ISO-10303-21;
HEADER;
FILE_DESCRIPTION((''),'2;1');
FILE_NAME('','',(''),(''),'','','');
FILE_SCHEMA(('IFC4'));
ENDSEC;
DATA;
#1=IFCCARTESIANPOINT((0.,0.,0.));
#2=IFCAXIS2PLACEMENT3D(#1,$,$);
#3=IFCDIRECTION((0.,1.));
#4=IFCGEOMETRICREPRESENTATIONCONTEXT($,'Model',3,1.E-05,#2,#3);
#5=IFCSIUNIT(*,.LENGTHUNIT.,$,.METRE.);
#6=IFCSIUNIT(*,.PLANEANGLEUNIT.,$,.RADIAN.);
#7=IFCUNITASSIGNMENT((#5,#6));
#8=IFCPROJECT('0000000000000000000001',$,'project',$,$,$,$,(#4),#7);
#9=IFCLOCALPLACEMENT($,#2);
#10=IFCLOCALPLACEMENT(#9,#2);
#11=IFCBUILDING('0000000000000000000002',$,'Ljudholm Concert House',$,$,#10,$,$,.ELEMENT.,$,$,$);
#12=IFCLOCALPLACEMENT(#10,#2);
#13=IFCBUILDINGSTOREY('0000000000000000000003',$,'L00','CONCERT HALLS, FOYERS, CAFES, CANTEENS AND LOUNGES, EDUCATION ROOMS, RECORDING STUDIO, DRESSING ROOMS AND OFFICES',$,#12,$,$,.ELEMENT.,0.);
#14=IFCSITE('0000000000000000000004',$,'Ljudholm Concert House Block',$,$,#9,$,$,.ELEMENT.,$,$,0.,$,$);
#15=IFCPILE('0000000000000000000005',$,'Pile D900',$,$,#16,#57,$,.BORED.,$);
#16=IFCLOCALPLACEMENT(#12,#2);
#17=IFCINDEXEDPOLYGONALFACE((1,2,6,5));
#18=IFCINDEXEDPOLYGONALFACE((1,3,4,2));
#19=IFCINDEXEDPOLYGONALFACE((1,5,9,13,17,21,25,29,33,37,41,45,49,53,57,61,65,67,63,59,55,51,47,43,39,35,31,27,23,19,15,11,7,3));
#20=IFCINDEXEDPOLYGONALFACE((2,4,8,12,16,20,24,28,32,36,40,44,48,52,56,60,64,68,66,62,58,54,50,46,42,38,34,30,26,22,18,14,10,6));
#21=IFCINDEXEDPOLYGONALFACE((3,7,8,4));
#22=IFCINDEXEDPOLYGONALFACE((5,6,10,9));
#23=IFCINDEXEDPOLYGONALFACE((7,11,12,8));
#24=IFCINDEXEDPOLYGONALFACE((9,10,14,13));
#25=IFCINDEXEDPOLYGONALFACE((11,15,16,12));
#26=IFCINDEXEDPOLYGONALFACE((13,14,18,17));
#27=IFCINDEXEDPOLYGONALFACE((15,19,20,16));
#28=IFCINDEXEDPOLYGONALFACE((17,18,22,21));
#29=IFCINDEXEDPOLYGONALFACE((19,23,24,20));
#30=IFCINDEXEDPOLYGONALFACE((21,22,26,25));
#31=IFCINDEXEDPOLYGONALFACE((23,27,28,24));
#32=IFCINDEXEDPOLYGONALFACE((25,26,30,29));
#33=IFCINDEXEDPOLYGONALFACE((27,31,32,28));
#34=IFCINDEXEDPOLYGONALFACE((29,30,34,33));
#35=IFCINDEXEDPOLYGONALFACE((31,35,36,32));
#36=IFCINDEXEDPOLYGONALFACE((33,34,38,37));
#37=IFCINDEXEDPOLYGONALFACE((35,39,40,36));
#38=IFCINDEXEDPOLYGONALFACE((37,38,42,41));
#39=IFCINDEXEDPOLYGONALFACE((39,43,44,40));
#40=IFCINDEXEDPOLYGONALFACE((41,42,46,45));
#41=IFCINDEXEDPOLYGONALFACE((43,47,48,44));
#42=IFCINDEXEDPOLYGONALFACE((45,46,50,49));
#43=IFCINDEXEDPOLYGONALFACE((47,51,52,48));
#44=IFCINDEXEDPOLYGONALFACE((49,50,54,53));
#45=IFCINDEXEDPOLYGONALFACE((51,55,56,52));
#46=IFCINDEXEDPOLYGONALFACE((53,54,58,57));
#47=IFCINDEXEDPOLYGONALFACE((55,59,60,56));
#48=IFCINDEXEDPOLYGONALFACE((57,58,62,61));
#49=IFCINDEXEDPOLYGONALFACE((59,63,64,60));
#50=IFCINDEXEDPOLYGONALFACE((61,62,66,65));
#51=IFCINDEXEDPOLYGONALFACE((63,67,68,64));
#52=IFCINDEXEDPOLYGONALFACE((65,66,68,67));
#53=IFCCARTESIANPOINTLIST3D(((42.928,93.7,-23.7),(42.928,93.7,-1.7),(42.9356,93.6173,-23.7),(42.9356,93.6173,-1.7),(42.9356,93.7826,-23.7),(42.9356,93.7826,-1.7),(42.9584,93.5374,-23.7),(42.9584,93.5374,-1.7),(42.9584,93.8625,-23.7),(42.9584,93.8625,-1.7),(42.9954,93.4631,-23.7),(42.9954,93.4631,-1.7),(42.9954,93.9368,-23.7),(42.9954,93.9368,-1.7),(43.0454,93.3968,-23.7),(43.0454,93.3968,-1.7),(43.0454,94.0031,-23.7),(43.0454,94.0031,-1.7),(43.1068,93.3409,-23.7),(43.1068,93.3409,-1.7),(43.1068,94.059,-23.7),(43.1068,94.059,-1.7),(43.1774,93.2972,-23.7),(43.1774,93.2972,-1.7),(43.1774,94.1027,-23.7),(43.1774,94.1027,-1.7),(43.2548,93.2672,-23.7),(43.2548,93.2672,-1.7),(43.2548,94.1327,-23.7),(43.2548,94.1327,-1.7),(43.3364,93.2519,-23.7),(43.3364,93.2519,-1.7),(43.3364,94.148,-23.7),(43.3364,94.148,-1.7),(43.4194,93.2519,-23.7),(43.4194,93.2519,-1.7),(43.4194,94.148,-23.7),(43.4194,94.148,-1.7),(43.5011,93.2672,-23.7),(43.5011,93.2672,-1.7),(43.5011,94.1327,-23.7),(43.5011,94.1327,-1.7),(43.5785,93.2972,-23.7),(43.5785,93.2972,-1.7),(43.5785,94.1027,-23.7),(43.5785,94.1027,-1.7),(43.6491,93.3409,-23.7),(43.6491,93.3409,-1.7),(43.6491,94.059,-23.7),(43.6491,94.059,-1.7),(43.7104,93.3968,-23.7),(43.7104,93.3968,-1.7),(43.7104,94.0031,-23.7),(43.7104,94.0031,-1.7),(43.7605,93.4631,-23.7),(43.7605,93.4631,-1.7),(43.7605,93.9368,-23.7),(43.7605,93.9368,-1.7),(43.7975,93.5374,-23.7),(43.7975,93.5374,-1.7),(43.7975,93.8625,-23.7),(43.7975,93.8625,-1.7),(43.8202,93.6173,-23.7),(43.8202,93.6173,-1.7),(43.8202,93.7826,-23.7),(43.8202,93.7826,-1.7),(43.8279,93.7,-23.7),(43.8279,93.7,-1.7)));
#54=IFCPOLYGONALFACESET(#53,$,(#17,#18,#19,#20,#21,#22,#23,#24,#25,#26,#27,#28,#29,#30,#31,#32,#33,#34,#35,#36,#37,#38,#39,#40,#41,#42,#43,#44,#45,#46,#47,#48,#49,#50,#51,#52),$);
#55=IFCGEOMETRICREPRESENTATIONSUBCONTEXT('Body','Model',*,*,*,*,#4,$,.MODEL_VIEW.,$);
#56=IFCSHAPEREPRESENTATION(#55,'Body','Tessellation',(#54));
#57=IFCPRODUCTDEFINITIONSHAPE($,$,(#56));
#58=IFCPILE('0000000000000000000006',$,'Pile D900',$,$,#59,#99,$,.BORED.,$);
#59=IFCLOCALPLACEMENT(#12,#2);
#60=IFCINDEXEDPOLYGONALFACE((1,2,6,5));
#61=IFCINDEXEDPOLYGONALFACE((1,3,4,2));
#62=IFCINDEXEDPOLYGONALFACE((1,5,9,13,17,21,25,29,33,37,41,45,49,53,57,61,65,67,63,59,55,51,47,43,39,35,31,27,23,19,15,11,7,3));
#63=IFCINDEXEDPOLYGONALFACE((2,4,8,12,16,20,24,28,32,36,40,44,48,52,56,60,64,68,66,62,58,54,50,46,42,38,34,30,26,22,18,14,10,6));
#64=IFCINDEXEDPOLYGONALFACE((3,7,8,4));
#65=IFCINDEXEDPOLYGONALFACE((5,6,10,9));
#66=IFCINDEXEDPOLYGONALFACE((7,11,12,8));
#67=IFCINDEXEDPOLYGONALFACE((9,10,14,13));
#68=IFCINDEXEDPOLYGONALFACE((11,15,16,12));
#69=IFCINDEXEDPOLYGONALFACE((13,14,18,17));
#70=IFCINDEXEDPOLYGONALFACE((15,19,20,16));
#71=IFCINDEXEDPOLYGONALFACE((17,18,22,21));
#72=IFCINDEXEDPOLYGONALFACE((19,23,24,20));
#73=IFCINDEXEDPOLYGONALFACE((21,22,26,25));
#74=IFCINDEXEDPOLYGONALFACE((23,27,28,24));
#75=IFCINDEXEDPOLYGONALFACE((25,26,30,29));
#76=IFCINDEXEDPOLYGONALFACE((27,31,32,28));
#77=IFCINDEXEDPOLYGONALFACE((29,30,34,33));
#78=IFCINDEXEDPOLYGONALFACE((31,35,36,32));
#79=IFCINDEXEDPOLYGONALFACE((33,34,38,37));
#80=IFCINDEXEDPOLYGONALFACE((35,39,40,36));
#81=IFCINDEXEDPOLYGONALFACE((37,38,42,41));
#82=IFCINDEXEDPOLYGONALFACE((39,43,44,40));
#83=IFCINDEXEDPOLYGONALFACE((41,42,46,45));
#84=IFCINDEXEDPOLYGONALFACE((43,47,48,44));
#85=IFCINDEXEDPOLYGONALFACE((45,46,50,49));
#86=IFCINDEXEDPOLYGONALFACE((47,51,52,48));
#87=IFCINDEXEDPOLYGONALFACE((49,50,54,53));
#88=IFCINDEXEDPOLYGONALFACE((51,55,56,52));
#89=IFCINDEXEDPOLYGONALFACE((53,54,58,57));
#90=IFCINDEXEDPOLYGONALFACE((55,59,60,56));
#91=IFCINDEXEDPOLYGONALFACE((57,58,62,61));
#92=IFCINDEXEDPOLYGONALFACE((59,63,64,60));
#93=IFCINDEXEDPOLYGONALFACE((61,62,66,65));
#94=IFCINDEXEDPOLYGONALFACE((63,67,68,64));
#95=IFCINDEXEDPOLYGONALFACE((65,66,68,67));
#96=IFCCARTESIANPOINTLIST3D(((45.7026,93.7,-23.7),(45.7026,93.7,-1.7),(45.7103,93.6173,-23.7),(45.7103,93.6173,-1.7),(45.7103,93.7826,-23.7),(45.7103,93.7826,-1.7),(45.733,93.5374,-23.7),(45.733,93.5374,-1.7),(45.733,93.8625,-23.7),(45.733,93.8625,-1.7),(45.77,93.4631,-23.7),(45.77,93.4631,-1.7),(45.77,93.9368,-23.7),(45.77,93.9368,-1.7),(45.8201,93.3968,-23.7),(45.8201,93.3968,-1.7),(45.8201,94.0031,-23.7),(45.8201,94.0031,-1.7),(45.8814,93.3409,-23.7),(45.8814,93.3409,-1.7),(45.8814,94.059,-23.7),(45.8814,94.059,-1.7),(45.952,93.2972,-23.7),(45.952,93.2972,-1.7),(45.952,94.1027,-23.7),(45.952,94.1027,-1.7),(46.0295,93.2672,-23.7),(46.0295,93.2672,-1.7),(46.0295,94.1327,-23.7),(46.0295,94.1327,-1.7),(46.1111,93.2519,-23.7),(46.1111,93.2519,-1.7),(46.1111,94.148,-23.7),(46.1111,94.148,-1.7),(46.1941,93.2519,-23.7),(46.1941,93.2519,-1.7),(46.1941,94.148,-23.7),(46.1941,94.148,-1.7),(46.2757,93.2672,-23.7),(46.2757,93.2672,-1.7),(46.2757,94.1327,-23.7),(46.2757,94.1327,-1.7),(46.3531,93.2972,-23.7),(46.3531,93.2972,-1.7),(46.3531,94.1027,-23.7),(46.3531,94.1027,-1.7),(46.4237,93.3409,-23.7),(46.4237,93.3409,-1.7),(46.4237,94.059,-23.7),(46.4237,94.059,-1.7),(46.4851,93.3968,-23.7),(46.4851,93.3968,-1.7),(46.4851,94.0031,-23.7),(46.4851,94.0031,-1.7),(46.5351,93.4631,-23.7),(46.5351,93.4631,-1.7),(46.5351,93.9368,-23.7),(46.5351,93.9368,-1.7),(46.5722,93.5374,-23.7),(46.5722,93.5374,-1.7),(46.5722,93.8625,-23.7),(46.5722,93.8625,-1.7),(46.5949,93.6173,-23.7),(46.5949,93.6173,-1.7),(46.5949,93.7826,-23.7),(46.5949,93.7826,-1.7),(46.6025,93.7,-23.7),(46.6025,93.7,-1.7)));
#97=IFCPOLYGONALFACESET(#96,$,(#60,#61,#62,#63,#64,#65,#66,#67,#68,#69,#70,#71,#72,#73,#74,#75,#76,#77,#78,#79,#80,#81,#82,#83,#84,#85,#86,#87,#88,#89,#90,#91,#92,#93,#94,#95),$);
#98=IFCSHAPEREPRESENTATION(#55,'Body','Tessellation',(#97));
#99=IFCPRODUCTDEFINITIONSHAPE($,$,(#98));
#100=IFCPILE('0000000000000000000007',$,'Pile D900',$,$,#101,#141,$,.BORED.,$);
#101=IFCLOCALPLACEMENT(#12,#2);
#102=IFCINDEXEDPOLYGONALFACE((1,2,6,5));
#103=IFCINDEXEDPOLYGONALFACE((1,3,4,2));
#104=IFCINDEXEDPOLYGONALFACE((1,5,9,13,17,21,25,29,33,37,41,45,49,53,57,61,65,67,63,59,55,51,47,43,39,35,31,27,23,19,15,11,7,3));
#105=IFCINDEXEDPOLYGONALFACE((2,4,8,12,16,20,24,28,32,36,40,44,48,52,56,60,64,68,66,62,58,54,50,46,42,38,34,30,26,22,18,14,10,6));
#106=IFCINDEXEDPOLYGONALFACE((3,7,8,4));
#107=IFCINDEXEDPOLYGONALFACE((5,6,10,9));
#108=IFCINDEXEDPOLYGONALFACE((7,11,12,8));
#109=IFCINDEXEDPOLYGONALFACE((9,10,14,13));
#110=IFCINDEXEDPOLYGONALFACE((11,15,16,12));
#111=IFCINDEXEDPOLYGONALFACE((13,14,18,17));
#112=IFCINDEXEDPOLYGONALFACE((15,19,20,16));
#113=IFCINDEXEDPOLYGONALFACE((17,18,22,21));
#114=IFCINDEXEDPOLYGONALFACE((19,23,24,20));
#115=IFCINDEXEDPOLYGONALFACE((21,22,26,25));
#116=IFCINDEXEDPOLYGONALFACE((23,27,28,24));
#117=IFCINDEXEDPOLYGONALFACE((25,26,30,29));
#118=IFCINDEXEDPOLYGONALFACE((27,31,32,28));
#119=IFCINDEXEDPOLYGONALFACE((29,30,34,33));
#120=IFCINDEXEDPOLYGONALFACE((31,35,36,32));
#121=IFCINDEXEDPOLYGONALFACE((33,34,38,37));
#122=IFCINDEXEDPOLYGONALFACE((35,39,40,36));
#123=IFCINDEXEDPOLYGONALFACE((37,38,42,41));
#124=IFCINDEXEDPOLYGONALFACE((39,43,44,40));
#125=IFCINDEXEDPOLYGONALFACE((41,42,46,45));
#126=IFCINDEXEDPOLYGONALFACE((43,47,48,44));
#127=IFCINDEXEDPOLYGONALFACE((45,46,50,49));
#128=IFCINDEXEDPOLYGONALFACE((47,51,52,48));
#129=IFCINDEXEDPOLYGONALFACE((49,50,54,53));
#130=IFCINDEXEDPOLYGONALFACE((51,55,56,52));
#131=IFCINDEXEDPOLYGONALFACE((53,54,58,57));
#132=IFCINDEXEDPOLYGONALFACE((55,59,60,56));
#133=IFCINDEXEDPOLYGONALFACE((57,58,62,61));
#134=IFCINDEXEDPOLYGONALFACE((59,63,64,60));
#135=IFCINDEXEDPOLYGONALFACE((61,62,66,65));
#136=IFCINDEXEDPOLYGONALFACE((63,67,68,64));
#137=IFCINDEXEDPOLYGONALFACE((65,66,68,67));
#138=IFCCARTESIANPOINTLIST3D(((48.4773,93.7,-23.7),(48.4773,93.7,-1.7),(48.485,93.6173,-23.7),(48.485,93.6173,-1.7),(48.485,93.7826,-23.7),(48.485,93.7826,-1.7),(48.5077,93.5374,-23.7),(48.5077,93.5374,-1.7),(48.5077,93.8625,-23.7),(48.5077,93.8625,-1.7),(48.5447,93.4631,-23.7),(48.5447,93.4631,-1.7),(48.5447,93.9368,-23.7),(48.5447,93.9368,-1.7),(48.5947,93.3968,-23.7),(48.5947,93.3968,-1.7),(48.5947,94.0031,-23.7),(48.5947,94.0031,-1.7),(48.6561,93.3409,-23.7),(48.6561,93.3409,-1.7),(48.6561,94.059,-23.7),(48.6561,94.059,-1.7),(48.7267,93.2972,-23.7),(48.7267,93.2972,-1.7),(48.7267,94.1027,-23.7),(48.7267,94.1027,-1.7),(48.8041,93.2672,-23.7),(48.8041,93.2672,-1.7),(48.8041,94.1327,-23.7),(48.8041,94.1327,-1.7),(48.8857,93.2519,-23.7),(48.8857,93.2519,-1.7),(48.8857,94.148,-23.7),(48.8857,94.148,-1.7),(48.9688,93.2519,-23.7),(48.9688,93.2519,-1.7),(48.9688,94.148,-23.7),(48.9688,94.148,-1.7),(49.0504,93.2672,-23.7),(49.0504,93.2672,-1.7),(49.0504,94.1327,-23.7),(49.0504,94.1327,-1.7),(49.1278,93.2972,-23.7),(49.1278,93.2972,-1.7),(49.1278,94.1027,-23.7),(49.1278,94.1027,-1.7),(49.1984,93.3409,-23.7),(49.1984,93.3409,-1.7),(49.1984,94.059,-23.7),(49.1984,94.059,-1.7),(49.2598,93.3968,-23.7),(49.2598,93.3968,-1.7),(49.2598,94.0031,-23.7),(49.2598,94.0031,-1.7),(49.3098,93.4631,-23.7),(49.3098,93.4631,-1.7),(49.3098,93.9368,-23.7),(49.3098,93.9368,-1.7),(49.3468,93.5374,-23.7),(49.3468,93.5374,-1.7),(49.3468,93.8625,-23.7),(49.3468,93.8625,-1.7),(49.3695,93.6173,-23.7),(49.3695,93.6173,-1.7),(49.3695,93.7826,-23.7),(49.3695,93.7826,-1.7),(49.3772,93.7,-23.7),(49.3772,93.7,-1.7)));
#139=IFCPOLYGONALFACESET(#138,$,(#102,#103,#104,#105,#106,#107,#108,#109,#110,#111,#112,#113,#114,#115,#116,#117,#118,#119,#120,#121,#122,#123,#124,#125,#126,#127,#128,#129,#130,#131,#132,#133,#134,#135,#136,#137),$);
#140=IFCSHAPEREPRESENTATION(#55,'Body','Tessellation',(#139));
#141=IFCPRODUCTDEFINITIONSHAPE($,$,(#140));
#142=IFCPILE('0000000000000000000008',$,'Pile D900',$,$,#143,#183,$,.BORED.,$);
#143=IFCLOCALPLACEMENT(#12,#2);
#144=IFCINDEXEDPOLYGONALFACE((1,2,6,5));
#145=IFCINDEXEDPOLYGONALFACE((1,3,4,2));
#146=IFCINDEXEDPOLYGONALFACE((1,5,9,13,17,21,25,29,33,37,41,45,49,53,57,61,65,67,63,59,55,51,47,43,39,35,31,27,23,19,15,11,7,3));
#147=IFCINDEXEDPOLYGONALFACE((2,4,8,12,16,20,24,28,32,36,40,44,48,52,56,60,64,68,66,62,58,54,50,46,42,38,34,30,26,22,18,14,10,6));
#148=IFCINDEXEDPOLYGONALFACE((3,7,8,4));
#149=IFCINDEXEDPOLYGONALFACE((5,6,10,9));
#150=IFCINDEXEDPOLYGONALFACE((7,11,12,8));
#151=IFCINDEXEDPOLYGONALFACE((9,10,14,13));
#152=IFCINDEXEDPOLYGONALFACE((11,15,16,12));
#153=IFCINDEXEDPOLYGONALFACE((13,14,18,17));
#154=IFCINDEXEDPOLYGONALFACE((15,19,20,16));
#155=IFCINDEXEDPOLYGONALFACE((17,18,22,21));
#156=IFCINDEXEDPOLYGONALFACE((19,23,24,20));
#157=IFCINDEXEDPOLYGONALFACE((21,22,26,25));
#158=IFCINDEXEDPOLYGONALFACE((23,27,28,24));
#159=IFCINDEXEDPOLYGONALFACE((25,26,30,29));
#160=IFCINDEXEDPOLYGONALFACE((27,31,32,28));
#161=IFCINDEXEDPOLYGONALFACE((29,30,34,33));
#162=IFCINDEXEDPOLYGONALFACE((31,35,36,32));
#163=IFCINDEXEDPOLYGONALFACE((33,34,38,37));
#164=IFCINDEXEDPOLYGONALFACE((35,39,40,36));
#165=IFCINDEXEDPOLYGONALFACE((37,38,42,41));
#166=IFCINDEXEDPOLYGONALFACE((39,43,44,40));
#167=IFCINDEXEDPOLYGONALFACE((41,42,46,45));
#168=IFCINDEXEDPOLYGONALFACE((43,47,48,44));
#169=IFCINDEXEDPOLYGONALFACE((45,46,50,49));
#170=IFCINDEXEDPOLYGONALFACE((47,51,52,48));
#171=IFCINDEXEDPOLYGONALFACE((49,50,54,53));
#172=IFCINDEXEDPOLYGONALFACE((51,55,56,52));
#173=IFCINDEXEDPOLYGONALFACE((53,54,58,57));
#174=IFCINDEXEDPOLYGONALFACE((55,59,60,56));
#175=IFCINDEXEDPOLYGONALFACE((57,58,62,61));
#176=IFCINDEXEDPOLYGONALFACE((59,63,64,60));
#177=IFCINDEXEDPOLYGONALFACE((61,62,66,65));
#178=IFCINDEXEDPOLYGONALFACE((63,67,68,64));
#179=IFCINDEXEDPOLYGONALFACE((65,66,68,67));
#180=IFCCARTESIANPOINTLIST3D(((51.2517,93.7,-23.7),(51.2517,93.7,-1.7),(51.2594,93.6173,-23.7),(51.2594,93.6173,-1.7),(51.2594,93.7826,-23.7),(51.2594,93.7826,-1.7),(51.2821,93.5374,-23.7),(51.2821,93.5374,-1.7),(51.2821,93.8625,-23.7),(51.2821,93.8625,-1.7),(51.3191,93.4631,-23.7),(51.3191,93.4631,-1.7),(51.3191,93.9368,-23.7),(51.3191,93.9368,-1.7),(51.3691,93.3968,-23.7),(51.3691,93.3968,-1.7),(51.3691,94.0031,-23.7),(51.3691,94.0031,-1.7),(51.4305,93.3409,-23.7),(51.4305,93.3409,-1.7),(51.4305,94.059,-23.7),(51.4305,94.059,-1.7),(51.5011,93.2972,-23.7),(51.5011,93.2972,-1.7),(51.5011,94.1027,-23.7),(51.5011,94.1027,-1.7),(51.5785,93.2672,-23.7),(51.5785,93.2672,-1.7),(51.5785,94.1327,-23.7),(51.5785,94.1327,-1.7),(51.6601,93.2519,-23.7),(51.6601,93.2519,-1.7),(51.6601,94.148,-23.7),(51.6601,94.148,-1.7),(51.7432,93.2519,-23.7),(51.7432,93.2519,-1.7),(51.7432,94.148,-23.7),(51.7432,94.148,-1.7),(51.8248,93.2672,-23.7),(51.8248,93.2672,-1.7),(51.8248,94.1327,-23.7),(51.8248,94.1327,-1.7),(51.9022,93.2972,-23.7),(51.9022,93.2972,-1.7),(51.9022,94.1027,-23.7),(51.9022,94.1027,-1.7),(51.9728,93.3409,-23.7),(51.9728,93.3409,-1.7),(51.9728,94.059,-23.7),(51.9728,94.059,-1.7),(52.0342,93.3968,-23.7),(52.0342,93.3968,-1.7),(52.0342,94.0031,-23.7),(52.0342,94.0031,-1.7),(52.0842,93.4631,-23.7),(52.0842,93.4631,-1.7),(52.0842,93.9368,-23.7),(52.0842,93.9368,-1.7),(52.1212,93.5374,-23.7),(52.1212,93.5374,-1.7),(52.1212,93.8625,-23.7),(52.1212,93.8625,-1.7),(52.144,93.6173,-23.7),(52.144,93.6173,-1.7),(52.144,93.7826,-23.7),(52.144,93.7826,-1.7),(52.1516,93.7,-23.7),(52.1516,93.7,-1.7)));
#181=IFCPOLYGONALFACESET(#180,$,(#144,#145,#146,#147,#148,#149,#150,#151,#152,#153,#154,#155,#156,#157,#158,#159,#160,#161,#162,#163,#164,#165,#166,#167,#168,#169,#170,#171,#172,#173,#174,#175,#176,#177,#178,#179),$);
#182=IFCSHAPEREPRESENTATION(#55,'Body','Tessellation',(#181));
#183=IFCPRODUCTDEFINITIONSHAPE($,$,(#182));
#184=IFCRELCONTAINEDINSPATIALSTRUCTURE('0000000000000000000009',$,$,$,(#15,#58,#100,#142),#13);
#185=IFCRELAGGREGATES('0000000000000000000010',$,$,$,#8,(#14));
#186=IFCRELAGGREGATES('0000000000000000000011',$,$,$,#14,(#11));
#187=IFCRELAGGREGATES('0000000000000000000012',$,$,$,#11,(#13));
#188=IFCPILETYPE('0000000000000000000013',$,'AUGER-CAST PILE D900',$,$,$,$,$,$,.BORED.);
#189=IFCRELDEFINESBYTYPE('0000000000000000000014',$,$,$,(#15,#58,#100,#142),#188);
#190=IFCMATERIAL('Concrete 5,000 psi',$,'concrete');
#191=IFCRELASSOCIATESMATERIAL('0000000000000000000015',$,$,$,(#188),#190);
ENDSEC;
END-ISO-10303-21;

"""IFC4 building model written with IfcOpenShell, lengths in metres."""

from ifc_helpers import new_model, si_unit, direction, frame, origin, origin_2d, place, context, subcontext, project, spatial, circle, extrude, material, material_profile, profile_set, type_object, element, save


model = new_model("IFC4")

# Units and contexts
model_context = context("Model", 3, precision=1e-05, world=origin(), true_north=direction((0.0, 1.0)))
body_context = subcontext(model_context, "Body", "Model", "MODEL_VIEW")
ifc_project = project(units=[si_unit("LENGTHUNIT", "METRE"), si_unit("PLANEANGLEUNIT", "RADIAN")], contexts=[model_context])

# Site, building, storey
site_placement = place(None, origin())
site = spatial("IfcSite", under=ifc_project, at=site_placement, Name="Ljudholm Concert House Block", CompositionType="ELEMENT", RefElevation=0.0)
building_placement = place(site_placement, origin())
building = spatial("IfcBuilding", under=site, at=building_placement, Name="Ljudholm Concert House", CompositionType="ELEMENT")
storey_placement = place(building_placement, origin())
storey = spatial("IfcBuildingStorey", under=building, at=storey_placement, Name="L00", Description="CONCERT HALLS, FOYERS, CAFES, CANTEENS AND LOUNGES, EDUCATION ROOMS, RECORDING STUDIO, DRESSING ROOMS AND OFFICES", CompositionType="ELEMENT", Elevation=0.0)

# Piles
ifc_material_1 = material(Name="Concrete 5,000 psi", Category="concrete")
ifc_material_profile_1 = material_profile(ifc_material_1, circle(Radius=0.45, at=origin_2d()), Name="AUGER-CAST PILE D900")
ifc_profile_set_1 = profile_set([ifc_material_profile_1], Name="Concrete 5,000 psi")
pile_type_1 = type_object("IfcPileType", Name="AUGER-CAST PILE D900", PredefinedType="BORED", material=ifc_profile_set_1)
for number, where, z_axis, x_axis, name in (
    (1, (43.3779, 93.7, -1.7), (0.0, 0.0, -1.0), (1.0, 0.0, 0.0), "Pile D900"),
    (2, (46.1526, 93.7, -1.7), (0.0, 0.0, -1.0), (1.0, 0.0, 0.0), "Pile D900"),
    (3, (48.9272, 93.7, -1.7), (0.0, 0.0, -1.0), (1.0, 0.0, 0.0), "Pile D900"),
    (4, (51.7017, 93.7, -1.7), (0.0, 0.0, -1.0), (1.0, 0.0, 0.0), "Pile D900"),
):
    element("IfcPile", number, at=place(storey_placement, frame(where, z_axis=z_axis, x_axis=x_axis)), inside=storey, type_object=pile_type_1, Name=name, PredefinedType="BORED", context=body_context, shape_type="SweptSolid", body=[
        extrude(circle(Radius=0.45, at=origin_2d()), origin(), (0.0, 0.0, 1.0), 22.0),
    ])

save(model, "model.ifc")
